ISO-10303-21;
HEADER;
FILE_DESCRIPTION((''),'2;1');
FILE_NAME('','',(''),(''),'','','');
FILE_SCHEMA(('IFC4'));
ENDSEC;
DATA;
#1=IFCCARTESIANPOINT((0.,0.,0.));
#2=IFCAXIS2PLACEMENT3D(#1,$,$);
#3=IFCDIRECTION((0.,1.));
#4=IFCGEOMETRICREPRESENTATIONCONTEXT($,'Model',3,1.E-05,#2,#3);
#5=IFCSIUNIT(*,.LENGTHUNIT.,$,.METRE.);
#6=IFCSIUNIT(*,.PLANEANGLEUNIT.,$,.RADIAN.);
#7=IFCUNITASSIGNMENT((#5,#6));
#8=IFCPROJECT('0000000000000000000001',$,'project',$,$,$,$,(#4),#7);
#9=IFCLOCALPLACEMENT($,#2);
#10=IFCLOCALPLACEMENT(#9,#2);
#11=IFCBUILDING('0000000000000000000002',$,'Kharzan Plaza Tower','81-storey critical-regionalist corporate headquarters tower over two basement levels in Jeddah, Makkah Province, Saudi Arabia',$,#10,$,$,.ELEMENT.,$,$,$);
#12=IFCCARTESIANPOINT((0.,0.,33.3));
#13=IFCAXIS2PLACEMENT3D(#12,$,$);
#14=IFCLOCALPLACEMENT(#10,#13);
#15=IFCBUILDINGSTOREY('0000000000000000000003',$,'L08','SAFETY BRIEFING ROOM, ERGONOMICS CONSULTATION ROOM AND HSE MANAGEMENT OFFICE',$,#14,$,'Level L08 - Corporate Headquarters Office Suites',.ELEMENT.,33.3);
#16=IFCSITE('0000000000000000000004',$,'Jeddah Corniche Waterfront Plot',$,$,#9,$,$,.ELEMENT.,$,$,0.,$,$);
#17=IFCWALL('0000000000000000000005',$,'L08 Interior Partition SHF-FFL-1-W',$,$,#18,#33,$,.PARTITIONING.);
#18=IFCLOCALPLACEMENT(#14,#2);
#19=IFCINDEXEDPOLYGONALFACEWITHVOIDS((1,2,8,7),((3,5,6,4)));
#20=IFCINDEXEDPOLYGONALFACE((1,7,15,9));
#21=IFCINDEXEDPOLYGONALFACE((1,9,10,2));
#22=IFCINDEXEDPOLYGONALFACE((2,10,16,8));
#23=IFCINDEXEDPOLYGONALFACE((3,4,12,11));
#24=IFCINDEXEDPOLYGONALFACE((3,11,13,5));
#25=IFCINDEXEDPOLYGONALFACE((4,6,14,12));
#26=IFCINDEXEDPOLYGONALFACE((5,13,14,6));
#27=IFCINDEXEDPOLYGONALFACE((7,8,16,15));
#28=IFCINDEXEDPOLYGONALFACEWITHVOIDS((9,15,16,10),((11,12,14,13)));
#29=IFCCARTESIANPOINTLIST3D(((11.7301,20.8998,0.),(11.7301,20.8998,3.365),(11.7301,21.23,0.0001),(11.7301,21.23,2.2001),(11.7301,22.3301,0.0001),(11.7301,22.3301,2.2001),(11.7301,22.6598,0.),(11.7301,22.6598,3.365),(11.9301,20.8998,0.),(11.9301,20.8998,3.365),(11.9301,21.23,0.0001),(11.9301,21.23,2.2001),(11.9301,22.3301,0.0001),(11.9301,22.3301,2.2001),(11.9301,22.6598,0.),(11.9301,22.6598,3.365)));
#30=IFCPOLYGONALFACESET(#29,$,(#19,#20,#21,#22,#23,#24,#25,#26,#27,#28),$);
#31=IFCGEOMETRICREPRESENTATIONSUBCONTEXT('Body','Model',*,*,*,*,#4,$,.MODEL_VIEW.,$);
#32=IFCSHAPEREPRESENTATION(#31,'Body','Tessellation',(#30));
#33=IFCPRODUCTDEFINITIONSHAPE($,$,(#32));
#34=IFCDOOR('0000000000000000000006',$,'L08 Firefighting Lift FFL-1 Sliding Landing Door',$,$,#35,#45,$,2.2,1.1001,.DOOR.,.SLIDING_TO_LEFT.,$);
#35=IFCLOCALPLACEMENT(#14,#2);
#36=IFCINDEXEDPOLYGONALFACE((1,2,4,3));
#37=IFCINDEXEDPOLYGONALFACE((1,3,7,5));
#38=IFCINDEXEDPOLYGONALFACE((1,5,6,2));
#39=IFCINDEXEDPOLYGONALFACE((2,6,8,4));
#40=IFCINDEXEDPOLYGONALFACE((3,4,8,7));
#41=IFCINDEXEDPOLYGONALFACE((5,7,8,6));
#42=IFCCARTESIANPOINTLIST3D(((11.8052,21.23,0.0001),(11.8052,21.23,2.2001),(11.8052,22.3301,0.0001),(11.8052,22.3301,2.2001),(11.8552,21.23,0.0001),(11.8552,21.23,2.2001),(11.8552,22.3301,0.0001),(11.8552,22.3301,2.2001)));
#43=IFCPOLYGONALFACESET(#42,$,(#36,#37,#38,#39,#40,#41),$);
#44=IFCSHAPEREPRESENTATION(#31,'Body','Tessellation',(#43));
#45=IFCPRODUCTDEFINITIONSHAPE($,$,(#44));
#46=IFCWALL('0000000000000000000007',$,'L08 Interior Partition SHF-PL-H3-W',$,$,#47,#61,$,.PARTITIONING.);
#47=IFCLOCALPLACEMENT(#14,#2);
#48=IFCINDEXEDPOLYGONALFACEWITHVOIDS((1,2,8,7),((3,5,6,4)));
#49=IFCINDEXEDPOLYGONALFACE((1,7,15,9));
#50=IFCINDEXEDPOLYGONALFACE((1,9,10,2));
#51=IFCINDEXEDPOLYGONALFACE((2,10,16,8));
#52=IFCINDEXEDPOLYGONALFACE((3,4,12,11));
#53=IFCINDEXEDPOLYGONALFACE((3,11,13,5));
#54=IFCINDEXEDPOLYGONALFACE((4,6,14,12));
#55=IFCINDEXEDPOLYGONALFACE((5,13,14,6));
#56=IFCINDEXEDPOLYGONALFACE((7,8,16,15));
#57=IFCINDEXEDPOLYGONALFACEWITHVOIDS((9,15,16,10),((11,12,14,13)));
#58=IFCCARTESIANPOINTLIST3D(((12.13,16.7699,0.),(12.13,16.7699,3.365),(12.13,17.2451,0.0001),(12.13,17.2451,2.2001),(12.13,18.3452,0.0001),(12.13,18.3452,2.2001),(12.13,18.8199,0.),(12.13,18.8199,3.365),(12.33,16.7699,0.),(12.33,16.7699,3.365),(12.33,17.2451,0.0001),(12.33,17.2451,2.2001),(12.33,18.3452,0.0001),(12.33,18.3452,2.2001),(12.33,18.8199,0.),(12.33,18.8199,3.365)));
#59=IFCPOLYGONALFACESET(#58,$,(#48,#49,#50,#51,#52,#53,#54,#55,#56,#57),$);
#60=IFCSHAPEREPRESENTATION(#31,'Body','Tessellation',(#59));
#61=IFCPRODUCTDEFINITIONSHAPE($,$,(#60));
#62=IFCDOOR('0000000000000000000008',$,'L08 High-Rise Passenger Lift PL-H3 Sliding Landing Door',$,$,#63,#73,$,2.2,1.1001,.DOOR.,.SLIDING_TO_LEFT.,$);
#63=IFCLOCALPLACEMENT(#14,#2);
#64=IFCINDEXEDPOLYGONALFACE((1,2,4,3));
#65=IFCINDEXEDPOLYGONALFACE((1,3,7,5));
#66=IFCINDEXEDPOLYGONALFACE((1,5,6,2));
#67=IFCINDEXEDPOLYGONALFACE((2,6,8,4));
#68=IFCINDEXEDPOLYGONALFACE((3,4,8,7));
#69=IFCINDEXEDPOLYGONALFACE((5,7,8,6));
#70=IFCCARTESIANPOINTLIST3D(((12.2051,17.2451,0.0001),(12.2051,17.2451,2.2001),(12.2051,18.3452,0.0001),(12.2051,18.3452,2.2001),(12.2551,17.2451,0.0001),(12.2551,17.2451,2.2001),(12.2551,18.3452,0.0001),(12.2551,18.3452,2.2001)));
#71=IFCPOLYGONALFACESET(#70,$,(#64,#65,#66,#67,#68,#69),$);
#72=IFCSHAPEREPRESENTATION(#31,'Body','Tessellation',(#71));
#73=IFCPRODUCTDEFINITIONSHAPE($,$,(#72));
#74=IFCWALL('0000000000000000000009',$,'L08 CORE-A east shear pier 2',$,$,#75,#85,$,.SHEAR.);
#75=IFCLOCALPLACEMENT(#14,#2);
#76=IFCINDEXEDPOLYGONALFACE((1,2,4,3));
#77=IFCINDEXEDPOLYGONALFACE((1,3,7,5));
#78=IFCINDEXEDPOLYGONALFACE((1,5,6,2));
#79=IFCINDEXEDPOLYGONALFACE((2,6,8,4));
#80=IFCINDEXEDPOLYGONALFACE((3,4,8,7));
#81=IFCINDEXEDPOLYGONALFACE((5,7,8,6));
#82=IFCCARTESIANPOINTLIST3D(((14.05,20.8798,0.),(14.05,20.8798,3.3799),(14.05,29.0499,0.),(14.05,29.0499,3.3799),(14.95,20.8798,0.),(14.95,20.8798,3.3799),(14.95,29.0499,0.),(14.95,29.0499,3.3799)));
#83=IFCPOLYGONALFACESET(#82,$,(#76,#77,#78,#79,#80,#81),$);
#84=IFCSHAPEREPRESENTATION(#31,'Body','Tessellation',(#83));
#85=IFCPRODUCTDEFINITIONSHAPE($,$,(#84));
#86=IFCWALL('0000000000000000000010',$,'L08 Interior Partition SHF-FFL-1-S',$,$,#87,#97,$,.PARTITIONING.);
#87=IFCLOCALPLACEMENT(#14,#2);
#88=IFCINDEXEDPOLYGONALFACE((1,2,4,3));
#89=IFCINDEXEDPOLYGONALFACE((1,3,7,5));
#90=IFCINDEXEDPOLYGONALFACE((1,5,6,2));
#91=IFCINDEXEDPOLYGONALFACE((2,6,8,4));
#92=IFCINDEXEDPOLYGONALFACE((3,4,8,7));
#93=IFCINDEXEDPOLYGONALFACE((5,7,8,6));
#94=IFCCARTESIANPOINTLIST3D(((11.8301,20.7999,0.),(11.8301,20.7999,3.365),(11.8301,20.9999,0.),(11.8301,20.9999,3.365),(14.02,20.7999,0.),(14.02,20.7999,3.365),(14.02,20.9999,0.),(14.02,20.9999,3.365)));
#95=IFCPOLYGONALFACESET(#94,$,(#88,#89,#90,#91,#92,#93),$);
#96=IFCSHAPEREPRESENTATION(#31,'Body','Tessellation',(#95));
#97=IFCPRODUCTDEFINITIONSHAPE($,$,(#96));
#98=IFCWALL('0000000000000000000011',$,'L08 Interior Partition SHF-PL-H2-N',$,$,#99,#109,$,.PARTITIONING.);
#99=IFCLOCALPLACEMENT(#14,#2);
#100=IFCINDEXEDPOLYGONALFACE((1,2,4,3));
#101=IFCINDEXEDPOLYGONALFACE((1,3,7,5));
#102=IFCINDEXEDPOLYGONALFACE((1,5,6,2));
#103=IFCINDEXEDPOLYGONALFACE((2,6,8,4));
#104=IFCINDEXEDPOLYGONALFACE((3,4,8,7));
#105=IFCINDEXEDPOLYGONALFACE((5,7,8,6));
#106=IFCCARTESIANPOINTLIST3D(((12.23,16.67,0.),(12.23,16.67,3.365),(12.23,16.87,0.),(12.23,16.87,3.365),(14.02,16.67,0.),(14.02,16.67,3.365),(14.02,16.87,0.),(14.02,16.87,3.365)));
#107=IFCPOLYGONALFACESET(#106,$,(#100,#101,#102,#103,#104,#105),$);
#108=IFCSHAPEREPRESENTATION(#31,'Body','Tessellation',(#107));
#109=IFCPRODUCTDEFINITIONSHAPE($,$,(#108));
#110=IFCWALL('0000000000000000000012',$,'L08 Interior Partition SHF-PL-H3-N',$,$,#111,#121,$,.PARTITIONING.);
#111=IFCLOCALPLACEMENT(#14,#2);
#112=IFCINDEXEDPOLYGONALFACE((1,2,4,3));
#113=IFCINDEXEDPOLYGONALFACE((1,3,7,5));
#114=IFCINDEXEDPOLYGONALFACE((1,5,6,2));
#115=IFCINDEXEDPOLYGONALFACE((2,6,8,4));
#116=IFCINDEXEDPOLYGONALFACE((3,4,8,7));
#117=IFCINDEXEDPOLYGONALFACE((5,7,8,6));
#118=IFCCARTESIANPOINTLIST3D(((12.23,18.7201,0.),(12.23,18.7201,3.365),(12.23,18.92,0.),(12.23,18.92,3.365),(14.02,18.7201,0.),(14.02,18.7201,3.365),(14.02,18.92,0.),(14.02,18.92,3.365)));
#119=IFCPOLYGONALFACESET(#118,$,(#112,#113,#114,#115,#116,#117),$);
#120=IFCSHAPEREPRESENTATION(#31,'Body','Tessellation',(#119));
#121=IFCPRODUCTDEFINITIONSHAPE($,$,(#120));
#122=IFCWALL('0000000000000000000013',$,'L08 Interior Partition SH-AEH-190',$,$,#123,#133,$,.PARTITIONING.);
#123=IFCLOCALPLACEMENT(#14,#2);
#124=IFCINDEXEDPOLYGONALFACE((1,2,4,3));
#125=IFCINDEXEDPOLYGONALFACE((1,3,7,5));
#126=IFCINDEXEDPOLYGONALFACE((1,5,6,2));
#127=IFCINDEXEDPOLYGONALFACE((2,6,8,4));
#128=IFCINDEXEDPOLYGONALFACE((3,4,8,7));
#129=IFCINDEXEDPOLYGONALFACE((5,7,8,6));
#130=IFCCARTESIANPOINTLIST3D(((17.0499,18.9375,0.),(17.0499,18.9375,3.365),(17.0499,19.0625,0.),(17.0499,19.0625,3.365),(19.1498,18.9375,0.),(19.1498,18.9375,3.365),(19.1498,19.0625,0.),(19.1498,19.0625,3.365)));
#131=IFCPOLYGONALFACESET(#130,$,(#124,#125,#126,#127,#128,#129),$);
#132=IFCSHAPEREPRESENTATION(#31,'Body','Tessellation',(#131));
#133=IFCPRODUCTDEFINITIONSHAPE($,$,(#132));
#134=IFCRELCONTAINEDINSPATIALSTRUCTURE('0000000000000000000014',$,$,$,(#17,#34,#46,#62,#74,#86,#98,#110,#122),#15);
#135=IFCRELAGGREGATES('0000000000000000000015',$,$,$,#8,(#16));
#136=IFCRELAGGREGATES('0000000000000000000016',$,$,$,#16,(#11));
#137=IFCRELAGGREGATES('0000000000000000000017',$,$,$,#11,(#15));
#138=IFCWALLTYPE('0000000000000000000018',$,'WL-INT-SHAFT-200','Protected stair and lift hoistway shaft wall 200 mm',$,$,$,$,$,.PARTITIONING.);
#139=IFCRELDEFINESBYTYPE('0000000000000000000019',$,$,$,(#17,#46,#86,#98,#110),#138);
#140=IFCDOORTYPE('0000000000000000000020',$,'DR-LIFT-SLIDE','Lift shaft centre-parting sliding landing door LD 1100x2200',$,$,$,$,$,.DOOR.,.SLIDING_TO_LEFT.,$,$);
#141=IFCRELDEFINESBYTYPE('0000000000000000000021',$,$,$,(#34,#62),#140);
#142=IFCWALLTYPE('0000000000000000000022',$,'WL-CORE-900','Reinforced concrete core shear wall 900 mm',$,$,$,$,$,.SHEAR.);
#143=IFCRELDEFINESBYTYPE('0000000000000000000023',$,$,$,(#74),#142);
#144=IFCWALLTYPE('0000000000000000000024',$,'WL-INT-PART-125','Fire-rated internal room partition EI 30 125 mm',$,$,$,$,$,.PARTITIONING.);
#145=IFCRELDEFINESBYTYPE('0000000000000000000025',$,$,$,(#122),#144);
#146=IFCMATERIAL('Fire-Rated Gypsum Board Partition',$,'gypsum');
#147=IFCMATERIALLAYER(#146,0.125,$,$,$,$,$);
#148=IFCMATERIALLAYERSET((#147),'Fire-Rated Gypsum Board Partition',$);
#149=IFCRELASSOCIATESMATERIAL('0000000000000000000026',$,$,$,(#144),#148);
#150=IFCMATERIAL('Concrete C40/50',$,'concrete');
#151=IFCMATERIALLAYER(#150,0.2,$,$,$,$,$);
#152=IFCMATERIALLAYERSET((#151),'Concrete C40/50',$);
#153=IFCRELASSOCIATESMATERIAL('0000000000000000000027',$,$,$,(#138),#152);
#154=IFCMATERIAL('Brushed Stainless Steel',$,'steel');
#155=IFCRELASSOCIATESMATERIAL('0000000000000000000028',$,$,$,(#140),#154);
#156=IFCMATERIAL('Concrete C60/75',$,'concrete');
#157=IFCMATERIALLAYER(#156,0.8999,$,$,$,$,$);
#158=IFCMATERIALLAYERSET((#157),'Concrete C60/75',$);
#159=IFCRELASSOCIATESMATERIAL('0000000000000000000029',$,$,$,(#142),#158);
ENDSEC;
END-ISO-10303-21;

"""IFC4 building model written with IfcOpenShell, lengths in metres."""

from ifc_helpers import new_model, si_unit, direction, frame, frame_2d, origin, place, context, subcontext, project, spatial, rectangle, extrude, source, transform, mapped, material, layer, layer_set, type_object, element, fill, save


model = new_model("IFC4")

# Units and contexts
model_context = context("Model", 3, precision=1e-05, world=origin(), true_north=direction((0.0, 1.0)))
body_context = subcontext(model_context, "Body", "Model", "MODEL_VIEW")
ifc_project = project(units=[si_unit("LENGTHUNIT", "METRE"), si_unit("PLANEANGLEUNIT", "RADIAN")], contexts=[model_context])

# Site, building, storey
site_placement = place(None, origin())
site = spatial("IfcSite", under=ifc_project, at=site_placement, Name="Jeddah Corniche Waterfront Plot", CompositionType="ELEMENT", RefElevation=0.0)
building_placement = place(site_placement, origin())
building = spatial("IfcBuilding", under=site, at=building_placement, Name="Kharzan Plaza Tower", Description="81-storey critical-regionalist corporate headquarters tower over two basement levels in Jeddah, Makkah Province, Saudi Arabia", CompositionType="ELEMENT")
storey_placement = place(building_placement, frame((0.0, 0.0, 33.3)))
storey = spatial("IfcBuildingStorey", under=building, at=storey_placement, Name="L08", Description="SAFETY BRIEFING ROOM, ERGONOMICS CONSULTATION ROOM AND HSE MANAGEMENT OFFICE", LongName="Level L08 - Corporate Headquarters Office Suites", CompositionType="ELEMENT", Elevation=33.3)

# Shared definitions
ifc_material_1 = material(Name="Concrete C60/75", Category="concrete")

# Walls, openings, doors
ifc_material_2 = material(Name="Fire-Rated Gypsum Board Partition", Category="gypsum")
ifc_layer_1 = layer(ifc_material_2, 0.125)
ifc_layer_set_1 = layer_set([ifc_layer_1], Name="Fire-Rated Gypsum Board Partition")
wall_type_1 = type_object("IfcWallType", Name="WL-INT-PART-125", Description="Fire-rated internal room partition EI 30 125 mm", PredefinedType="PARTITIONING", material=ifc_layer_set_1)
ifc_material_3 = material(Name="Concrete C40/50", Category="concrete")
ifc_layer_2 = layer(ifc_material_3, 0.2)
ifc_layer_set_2 = layer_set([ifc_layer_2], Name="Concrete C40/50")
wall_type_2 = type_object("IfcWallType", Name="WL-INT-SHAFT-200", Description="Protected stair and lift hoistway shaft wall 200 mm", PredefinedType="PARTITIONING", material=ifc_layer_set_2)
wall_1_placement = place(storey_placement, frame((11.8301, 20.8999, 0.0), z_axis=(0.0, 0.0, 1.0), x_axis=(0.0, 1.0, 0.0)))
wall_1 = element("IfcWall", 1, at=wall_1_placement, inside=storey, type_object=wall_type_2, Name="L08 Interior Partition SHF-FFL-1-W", PredefinedType="PARTITIONING", context=body_context, shape_type="SweptSolid", body=[
    extrude(rectangle(XDim=1.76, YDim=0.2, at=frame_2d((0.8799, 0.0))), origin(), (0.0, 0.0, 1.0), 3.365),
])
opening_1_placement = place(wall_1_placement, frame((0.3301, 0.0, 0.0)))
opening_1 = element("IfcOpeningElement", 2, at=opening_1_placement, cuts=wall_1, PredefinedType="OPENING", context=body_context, shape_type="SweptSolid", body=[
    extrude(rectangle(XDim=1.1001, YDim=2.2, at=frame_2d((0.55, 1.1001))), frame((0.0, 0.1099, 0.0), z_axis=(0.0, -1.0, 0.0), x_axis=(1.0, 0.0, 0.0)), (0.0, 0.0, 1.0), 0.22),
])
ifc_material_4 = material(Name="Brushed Stainless Steel", Category="steel")
door_type_1 = type_object("IfcDoorType", Name="DR-LIFT-SLIDE", Description="Lift shaft centre-parting sliding landing door LD 1100x2200", OperationType="SLIDING_TO_LEFT", PredefinedType="DOOR", material=ifc_material_4)
shared_shape_1 = source(origin(), body_context, "Body", "SweptSolid", [
    extrude(rectangle(XDim=1.1001, YDim=2.2, at=frame_2d((0.55, 1.1001))), frame((0.0, 0.0249, 0.0), z_axis=(0.0, -1.0, 0.0), x_axis=(1.0, 0.0, 0.0)), (0.0, 0.0, 1.0), 0.05),
])
door_1_placement = place(opening_1_placement, origin())
door_1 = element("IfcDoor", 3, at=door_1_placement, inside=storey, type_object=door_type_1, Name="L08 Firefighting Lift FFL-1 Sliding Landing Door", OperationType="SLIDING_TO_LEFT", OverallHeight=2.2, OverallWidth=1.1001, PredefinedType="DOOR", context=body_context, shape_type="MappedRepresentation", body=[
    mapped(shared_shape_1, transform((0.0, 0.0, 0.0), x_axis=(1.0, 0.0, 0.0), y_axis=(0.0, 1.0, 0.0), z_axis=(0.0, 0.0, 1.0))),
])
fill(opening_1, door_1)
wall_2_placement = place(storey_placement, frame((12.23, 16.77, 0.0), z_axis=(0.0, 0.0, 1.0), x_axis=(0.0, 1.0, 0.0)))
wall_2 = element("IfcWall", 4, at=wall_2_placement, inside=storey, type_object=wall_type_2, Name="L08 Interior Partition SHF-PL-H3-W", PredefinedType="PARTITIONING", context=body_context, shape_type="SweptSolid", body=[
    extrude(rectangle(XDim=2.05, YDim=0.2, at=frame_2d((1.0249, 0.0))), origin(), (0.0, 0.0, 1.0), 3.365),
])
opening_2_placement = place(wall_2_placement, frame((0.4751, 0.0, 0.0)))
opening_2 = element("IfcOpeningElement", 5, at=opening_2_placement, cuts=wall_2, PredefinedType="OPENING", context=body_context, shape_type="SweptSolid", body=[
    extrude(rectangle(XDim=1.1001, YDim=2.2, at=frame_2d((0.55, 1.1001))), frame((0.0, 0.1099, 0.0), z_axis=(0.0, -1.0, 0.0), x_axis=(1.0, 0.0, 0.0)), (0.0, 0.0, 1.0), 0.22),
])
door_2_placement = place(opening_2_placement, origin())
door_2 = element("IfcDoor", 6, at=door_2_placement, inside=storey, type_object=door_type_1, Name="L08 High-Rise Passenger Lift PL-H3 Sliding Landing Door", OperationType="SLIDING_TO_LEFT", OverallHeight=2.2, OverallWidth=1.1001, PredefinedType="DOOR", context=body_context, shape_type="MappedRepresentation", body=[
    mapped(shared_shape_1, transform((0.0, 0.0, 0.0), x_axis=(1.0, 0.0, 0.0), y_axis=(0.0, 1.0, 0.0), z_axis=(0.0, 0.0, 1.0))),
])
fill(opening_2, door_2)

# Walls
ifc_layer_3 = layer(ifc_material_1, 0.8999)
ifc_layer_set_3 = layer_set([ifc_layer_3], Name="Concrete C60/75")
wall_type_3 = type_object("IfcWallType", Name="WL-CORE-900", Description="Reinforced concrete core shear wall 900 mm", PredefinedType="SHEAR", material=ifc_layer_set_3)
shared_shape_2 = source(origin(), body_context, "Body", "SweptSolid", [
    extrude(rectangle(XDim=8.1702, YDim=0.8999, at=frame_2d((4.085, 0.0))), origin(), (0.0, 0.0, 1.0), 3.3799),
])
wall_3_placement = place(storey_placement, frame((14.5, 20.8799, 0.0), z_axis=(0.0, 0.0, 1.0), x_axis=(0.0, 1.0, 0.0)))
element("IfcWall", 7, at=wall_3_placement, inside=storey, type_object=wall_type_3, Name="L08 CORE-A east shear pier 2", PredefinedType="SHEAR", context=body_context, shape_type="MappedRepresentation", body=[
    mapped(shared_shape_2, transform((0.0, 0.0, 0.0), x_axis=(1.0, 0.0, 0.0), y_axis=(0.0, 1.0, 0.0), z_axis=(0.0, 0.0, 1.0))),
])
shared_shape_3 = source(origin(), body_context, "Body", "SweptSolid", [
    extrude(rectangle(XDim=2.1899, YDim=0.2, at=frame_2d((1.095, 0.0))), origin(), (0.0, 0.0, 1.0), 3.365),
])
wall_4_placement = place(storey_placement, frame((11.8301, 20.8999, 0.0), z_axis=(0.0, 0.0, 1.0), x_axis=(1.0, 0.0, 0.0)))
element("IfcWall", 8, at=wall_4_placement, inside=storey, type_object=wall_type_2, Name="L08 Interior Partition SHF-FFL-1-S", PredefinedType="PARTITIONING", context=body_context, shape_type="MappedRepresentation", body=[
    mapped(shared_shape_3, transform((0.0, 0.0, 0.0), x_axis=(1.0, 0.0, 0.0), y_axis=(0.0, 1.0, 0.0), z_axis=(0.0, 0.0, 1.0))),
])
shared_shape_4 = source(origin(), body_context, "Body", "SweptSolid", [
    extrude(rectangle(XDim=1.79, YDim=0.2, at=frame_2d((0.895, 0.0))), origin(), (0.0, 0.0, 1.0), 3.365),
])
for number, where, z_axis, x_axis, name in (
    (9, (12.23, 16.77, 0.0), (0.0, 0.0, 1.0), (1.0, 0.0, 0.0), "L08 Interior Partition SHF-PL-H2-N"),
    (10, (12.23, 18.8201, 0.0), (0.0, 0.0, 1.0), (1.0, 0.0, 0.0), "L08 Interior Partition SHF-PL-H3-N"),
):
    element("IfcWall", number, at=place(storey_placement, frame(where, z_axis=z_axis, x_axis=x_axis)), inside=storey, type_object=wall_type_2, Name=name, PredefinedType="PARTITIONING", context=body_context, shape_type="MappedRepresentation", body=[
        mapped(shared_shape_4, transform((0.0, 0.0, 0.0), x_axis=(1.0, 0.0, 0.0), y_axis=(0.0, 1.0, 0.0), z_axis=(0.0, 0.0, 1.0))),
    ])
shared_shape_5 = source(origin(), body_context, "Body", "SweptSolid", [
    extrude(rectangle(XDim=2.0999, YDim=0.125, at=frame_2d((1.0498, 0.0))), origin(), (0.0, 0.0, 1.0), 3.365),
])
wall_5_placement = place(storey_placement, frame((17.05, 19.0, 0.0), z_axis=(0.0, 0.0, 1.0), x_axis=(1.0, 0.0, 0.0)))
element("IfcWall", 11, at=wall_5_placement, inside=storey, type_object=wall_type_1, Name="L08 Interior Partition SH-AEH-190", PredefinedType="PARTITIONING", context=body_context, shape_type="MappedRepresentation", body=[
    mapped(shared_shape_5, transform((0.0, 0.0, 0.0), x_axis=(1.0, 0.0, 0.0), y_axis=(0.0, 1.0, 0.0), z_axis=(0.0, 0.0, 1.0))),
])

save(model, "model.ifc")
